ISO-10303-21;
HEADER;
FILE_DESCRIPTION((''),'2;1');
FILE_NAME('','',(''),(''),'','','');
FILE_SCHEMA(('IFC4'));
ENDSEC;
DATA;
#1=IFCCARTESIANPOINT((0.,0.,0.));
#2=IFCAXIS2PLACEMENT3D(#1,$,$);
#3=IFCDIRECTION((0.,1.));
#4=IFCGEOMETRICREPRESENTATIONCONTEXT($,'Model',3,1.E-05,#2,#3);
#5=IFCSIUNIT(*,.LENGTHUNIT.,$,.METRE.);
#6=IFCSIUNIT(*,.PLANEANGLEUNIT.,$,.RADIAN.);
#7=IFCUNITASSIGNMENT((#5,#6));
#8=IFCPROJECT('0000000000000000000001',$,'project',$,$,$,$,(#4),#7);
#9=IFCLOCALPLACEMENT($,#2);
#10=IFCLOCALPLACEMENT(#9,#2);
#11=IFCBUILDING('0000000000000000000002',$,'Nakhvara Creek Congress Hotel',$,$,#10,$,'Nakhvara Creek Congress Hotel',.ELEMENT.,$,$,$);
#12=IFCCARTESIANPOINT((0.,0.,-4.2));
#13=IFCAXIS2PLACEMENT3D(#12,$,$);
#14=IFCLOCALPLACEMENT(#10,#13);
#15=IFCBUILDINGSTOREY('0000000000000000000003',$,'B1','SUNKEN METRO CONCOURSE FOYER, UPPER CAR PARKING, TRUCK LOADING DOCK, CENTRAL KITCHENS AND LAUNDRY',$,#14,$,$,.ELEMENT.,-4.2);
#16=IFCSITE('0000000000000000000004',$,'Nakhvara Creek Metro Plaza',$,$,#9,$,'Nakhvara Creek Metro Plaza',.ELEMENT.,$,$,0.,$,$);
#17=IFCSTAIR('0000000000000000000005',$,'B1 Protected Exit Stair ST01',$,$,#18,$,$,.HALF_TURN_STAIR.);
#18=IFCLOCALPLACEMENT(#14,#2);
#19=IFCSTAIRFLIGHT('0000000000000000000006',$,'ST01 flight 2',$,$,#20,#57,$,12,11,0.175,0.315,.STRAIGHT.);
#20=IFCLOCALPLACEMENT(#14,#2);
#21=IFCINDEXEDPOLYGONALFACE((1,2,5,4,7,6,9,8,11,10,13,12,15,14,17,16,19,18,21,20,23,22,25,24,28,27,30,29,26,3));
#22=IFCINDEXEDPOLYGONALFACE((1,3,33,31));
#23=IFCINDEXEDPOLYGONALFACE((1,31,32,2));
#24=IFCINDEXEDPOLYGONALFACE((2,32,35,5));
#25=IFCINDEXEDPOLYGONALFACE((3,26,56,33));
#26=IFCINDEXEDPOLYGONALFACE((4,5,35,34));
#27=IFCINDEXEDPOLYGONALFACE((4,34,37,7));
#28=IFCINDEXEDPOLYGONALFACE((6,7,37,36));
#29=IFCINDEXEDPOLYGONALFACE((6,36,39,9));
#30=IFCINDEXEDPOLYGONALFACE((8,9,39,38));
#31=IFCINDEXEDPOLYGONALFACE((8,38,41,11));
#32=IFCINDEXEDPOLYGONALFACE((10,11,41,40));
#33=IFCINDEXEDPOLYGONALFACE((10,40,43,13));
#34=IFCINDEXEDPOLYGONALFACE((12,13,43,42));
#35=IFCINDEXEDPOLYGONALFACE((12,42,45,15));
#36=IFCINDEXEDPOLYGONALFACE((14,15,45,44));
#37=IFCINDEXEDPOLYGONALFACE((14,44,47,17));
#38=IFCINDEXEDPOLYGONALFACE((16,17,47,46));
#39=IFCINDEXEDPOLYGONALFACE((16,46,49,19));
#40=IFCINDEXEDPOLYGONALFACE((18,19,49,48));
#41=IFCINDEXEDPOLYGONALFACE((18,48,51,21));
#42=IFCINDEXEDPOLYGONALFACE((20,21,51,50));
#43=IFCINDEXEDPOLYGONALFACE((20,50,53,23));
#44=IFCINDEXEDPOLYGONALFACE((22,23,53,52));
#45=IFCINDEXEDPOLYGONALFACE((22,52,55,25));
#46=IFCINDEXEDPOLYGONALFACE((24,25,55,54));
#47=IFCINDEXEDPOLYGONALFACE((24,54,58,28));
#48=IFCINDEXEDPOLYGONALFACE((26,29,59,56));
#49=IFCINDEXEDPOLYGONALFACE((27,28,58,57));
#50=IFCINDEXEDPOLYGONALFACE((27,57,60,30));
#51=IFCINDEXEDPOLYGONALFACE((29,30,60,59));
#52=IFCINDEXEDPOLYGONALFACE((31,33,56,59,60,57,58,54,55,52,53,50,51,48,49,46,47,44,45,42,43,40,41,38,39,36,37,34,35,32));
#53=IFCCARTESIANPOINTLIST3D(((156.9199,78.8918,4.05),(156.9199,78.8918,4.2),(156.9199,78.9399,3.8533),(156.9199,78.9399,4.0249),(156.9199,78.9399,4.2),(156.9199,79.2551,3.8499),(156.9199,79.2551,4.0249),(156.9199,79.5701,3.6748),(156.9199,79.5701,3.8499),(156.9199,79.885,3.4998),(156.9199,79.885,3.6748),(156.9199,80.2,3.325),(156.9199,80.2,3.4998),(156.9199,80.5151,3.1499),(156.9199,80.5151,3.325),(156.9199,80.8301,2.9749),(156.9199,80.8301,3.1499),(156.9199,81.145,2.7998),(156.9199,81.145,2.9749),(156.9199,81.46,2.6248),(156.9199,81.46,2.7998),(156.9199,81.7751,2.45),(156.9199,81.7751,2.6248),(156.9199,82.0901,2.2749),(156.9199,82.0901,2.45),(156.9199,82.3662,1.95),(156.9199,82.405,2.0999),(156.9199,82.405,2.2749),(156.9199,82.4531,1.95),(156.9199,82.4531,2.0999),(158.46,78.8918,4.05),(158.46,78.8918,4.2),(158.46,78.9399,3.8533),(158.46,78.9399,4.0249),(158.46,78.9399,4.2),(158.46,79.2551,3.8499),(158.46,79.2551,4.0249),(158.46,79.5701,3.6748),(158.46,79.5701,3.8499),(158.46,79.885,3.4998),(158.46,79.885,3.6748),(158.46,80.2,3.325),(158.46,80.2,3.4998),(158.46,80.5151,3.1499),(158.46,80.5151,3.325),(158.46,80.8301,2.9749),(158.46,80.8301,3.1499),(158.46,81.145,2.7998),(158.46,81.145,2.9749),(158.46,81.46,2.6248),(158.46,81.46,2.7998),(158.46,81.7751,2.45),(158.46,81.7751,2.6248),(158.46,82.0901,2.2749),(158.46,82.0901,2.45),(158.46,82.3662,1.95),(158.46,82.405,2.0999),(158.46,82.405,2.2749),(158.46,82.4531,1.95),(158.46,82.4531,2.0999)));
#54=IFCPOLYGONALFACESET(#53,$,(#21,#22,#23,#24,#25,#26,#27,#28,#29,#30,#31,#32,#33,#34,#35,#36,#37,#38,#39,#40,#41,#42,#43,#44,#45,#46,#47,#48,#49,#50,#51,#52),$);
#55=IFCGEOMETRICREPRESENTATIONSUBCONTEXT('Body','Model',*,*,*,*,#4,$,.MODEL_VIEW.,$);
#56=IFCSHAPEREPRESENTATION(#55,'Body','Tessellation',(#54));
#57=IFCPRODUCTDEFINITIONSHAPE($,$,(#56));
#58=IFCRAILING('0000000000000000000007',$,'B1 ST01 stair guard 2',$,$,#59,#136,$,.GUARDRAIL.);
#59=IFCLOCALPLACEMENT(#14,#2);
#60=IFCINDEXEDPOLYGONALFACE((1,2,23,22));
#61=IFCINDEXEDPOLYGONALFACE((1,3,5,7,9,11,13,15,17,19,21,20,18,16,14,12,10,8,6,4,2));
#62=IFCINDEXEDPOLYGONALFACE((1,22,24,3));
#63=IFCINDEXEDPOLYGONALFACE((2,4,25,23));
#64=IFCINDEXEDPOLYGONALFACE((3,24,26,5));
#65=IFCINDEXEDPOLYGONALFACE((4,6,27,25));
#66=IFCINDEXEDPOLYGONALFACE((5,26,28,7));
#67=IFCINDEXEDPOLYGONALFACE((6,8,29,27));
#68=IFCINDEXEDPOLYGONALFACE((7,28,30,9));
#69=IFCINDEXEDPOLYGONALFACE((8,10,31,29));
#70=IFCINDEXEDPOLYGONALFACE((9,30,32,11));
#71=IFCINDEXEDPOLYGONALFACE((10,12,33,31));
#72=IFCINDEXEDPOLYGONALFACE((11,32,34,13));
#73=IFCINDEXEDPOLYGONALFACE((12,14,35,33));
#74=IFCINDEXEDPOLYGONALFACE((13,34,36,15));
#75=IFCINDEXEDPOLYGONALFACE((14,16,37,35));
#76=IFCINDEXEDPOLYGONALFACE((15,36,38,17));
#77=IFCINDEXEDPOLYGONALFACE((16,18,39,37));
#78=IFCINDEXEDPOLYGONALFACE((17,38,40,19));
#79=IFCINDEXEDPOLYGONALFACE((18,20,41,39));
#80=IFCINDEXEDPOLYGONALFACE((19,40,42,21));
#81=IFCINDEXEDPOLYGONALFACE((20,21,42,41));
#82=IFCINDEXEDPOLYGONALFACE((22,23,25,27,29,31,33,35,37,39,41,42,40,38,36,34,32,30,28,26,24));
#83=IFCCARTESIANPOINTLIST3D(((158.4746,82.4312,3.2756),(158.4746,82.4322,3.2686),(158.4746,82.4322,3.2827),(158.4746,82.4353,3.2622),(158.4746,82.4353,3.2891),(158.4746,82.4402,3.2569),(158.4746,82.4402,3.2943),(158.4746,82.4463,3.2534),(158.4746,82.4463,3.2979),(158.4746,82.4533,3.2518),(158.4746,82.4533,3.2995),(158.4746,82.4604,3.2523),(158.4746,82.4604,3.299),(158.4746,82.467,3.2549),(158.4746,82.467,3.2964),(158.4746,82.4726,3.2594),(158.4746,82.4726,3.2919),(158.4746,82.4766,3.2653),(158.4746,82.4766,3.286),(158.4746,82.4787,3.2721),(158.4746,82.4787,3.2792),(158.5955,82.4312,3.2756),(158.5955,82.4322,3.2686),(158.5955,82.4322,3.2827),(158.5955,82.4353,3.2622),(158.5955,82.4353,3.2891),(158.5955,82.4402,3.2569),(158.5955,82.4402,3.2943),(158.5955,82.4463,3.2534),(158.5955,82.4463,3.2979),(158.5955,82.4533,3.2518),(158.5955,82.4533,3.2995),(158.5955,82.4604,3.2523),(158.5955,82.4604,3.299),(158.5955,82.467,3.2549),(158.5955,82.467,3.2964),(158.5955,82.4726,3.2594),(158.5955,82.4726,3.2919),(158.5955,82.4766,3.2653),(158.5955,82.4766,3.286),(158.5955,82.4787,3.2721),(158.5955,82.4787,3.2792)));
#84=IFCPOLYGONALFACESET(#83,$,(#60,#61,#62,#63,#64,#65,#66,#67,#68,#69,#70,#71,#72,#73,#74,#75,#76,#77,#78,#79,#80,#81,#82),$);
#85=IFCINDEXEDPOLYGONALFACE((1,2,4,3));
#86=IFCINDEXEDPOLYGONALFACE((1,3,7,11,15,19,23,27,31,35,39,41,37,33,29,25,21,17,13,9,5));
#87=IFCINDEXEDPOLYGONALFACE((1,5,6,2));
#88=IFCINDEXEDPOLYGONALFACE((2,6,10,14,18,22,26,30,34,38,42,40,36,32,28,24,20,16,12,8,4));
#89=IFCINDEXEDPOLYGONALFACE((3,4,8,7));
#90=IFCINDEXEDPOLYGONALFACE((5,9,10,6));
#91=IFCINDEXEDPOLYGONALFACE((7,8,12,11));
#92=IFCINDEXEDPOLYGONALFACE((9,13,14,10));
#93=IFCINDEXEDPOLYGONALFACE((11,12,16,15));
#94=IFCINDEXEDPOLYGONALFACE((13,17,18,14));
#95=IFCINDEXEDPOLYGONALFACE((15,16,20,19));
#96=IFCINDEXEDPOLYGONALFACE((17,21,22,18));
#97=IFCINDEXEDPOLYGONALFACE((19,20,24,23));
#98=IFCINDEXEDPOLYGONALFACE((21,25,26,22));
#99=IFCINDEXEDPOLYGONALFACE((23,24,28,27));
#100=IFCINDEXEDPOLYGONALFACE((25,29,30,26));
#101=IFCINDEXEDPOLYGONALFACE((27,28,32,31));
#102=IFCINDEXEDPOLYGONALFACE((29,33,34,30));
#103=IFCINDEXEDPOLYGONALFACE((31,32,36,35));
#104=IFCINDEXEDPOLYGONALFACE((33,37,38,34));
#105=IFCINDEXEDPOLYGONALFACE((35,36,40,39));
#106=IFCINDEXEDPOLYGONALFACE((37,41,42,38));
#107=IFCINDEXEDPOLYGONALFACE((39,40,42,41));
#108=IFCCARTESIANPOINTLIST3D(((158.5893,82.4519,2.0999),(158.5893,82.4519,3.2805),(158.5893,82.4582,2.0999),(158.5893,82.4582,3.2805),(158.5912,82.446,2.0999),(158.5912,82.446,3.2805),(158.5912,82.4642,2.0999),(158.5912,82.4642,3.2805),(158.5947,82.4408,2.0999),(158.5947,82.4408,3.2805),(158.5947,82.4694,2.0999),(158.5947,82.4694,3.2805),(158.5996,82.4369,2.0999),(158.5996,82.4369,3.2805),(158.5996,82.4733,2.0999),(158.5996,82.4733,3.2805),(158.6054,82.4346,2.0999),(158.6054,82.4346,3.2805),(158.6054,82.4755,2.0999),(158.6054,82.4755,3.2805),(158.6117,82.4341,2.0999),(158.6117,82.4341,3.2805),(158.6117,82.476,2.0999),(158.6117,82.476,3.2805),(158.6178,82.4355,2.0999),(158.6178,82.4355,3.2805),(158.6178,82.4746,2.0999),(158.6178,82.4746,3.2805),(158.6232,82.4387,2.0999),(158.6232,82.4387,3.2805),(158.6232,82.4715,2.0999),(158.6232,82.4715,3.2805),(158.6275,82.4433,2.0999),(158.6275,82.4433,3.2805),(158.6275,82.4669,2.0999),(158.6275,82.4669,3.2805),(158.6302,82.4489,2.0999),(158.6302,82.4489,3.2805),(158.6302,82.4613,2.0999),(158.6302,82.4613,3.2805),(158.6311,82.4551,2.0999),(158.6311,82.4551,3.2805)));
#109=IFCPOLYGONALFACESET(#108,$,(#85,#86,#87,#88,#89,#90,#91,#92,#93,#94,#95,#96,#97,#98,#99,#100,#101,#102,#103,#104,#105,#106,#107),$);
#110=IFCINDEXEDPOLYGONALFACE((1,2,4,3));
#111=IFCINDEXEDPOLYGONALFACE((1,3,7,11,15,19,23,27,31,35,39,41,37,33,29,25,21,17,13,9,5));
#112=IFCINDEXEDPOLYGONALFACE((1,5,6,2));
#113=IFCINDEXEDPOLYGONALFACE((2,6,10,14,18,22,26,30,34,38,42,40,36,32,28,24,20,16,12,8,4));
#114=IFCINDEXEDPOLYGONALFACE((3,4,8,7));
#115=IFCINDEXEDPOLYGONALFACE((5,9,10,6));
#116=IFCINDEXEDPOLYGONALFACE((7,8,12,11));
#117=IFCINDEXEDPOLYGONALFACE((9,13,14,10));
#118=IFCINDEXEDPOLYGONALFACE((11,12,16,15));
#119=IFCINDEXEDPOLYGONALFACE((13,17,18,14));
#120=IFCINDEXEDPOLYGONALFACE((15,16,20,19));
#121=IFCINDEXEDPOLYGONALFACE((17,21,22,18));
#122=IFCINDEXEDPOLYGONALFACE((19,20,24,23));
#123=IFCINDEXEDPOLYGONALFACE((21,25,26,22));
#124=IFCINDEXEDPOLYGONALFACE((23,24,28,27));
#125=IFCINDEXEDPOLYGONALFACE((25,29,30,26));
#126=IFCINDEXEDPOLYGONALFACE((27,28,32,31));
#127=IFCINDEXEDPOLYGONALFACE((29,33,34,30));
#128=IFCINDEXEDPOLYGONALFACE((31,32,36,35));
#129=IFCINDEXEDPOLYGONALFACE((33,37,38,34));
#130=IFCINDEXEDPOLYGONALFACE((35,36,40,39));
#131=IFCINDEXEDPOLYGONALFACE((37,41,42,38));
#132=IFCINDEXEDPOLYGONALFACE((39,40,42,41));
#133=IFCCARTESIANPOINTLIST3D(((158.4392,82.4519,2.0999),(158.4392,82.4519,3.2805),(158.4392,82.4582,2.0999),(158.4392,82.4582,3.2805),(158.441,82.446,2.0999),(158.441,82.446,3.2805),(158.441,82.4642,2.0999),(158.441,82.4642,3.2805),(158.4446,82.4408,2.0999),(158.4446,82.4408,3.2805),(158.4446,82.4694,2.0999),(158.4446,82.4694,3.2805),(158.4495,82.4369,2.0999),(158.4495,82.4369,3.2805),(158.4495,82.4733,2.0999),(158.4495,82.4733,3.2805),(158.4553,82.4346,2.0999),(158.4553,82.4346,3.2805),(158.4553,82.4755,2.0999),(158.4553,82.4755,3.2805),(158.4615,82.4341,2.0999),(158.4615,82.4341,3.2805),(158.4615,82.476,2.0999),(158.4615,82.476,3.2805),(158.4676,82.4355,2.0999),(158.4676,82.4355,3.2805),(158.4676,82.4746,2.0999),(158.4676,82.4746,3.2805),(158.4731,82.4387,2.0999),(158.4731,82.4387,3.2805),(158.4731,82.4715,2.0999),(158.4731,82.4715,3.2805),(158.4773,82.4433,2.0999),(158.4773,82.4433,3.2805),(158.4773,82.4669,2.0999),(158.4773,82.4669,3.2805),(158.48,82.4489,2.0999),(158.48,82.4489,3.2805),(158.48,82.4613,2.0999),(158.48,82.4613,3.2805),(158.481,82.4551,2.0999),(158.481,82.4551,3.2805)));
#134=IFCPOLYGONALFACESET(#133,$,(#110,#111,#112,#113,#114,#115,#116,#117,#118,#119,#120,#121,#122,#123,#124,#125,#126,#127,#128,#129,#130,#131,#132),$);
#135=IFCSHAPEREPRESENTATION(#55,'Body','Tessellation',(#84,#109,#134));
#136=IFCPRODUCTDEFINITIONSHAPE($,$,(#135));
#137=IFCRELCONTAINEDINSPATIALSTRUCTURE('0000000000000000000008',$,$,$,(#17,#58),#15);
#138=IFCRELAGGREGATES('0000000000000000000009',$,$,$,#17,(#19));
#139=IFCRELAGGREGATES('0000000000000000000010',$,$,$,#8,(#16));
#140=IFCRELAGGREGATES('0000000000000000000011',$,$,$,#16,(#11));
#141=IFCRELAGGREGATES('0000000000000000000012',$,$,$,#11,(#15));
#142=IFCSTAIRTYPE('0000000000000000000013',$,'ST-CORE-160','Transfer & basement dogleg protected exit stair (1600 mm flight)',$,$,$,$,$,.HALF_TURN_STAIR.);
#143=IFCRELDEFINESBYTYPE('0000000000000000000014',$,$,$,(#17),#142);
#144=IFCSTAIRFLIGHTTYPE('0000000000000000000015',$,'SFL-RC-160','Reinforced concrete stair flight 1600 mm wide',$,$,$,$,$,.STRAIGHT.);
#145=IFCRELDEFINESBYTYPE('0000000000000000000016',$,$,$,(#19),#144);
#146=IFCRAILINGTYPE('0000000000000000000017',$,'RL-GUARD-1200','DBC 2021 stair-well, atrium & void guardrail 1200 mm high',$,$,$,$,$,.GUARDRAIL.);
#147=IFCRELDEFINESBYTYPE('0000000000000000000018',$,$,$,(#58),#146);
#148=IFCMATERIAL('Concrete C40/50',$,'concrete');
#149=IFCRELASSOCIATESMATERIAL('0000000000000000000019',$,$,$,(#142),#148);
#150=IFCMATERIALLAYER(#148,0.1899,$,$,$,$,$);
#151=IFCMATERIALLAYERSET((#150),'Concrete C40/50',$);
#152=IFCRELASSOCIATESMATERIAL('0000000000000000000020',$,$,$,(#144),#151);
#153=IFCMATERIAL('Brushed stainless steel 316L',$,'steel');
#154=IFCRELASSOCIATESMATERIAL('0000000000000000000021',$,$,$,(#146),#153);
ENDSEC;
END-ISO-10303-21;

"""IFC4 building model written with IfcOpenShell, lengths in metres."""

from ifc_helpers import new_model, si_unit, direction, frame, origin, origin_2d, place, context, subcontext, project, spatial, polyline, circle, outline, extrude, material, layer, layer_set, type_object, element, aggregate, save


model = new_model("IFC4")

# Units and contexts
model_context = context("Model", 3, precision=1e-05, world=origin(), true_north=direction((0.0, 1.0)))
body_context = subcontext(model_context, "Body", "Model", "MODEL_VIEW")
ifc_project = project(units=[si_unit("LENGTHUNIT", "METRE"), si_unit("PLANEANGLEUNIT", "RADIAN")], contexts=[model_context])

# Site, building, storey
site_placement = place(None, origin())
site = spatial("IfcSite", under=ifc_project, at=site_placement, Name="Nakhvara Creek Metro Plaza", LongName="Nakhvara Creek Metro Plaza", CompositionType="ELEMENT", RefElevation=0.0)
building_placement = place(site_placement, origin())
building = spatial("IfcBuilding", under=site, at=building_placement, Name="Nakhvara Creek Congress Hotel", LongName="Nakhvara Creek Congress Hotel", CompositionType="ELEMENT")
storey_placement = place(building_placement, frame((0.0, 0.0, -4.2)))
storey = spatial("IfcBuildingStorey", under=building, at=storey_placement, Name="B1", Description="SUNKEN METRO CONCOURSE FOYER, UPPER CAR PARKING, TRUCK LOADING DOCK, CENTRAL KITCHENS AND LAUNDRY", CompositionType="ELEMENT", Elevation=-4.2)

# Shared definitions
ifc_material_1 = material(Name="Concrete C40/50", Category="concrete")

# Stair, stair flight
stair_type = type_object("IfcStairType", Name="ST-CORE-160", Description="Transfer & basement dogleg protected exit stair (1600 mm flight)", PredefinedType="HALF_TURN_STAIR", material=ifc_material_1)
stair_placement = place(storey_placement, origin())
stair = element("IfcStair", 1, at=stair_placement, inside=storey, type_object=stair_type, Name="B1 Protected Exit Stair ST01", PredefinedType="HALF_TURN_STAIR")
ifc_layer_1 = layer(ifc_material_1, 0.1899)
ifc_layer_set_1 = layer_set([ifc_layer_1], Name="Concrete C40/50")
stair_flight_type = type_object("IfcStairFlightType", Name="SFL-RC-160", Description="Reinforced concrete stair flight 1600 mm wide", PredefinedType="STRAIGHT", material=ifc_layer_set_1)
stair_flight_placement = place(storey_placement, frame((157.6899, 82.405, 2.0999), z_axis=(0.0, 0.0, 1.0), x_axis=(0.0, -1.0, 0.0)))
stair_flight = element("IfcStairFlight", 2, at=stair_flight_placement, type_object=stair_flight_type, Name="ST01 flight 2", NumberOfRisers=12, NumberOfTreads=11, PredefinedType="STRAIGHT", RiserHeight=0.175, TreadLength=0.315, context=body_context, shape_type="SweptSolid", body=[
    extrude(outline(polyline([(-0.0481, 0.0), (0.0, 0.0), (0.0, 0.175), (0.3149, 0.175), (0.3149, 0.3501), (0.6299, 0.3501), (0.6299, 0.5249), (0.9451, 0.5249), (0.9451, 0.7), (1.26, 0.7), (1.26, 0.875), (1.575, 0.875), (1.575, 1.05), (1.8899, 1.05), (1.8899, 1.2251), (2.2051, 1.2251), (2.2051, 1.3999), (2.52, 1.3999), (2.52, 1.575), (2.835, 1.575), (2.835, 1.75), (3.1499, 1.75), (3.1499, 1.925), (3.4651, 1.925), (3.4651, 2.1001), (3.5132, 2.1001), (3.5132, 1.9502), (3.4651, 1.7534), (0.0388, -0.1499), (-0.0481, -0.1499), (-0.0481, 0.0)])), frame((0.0, 0.77, 0.0), z_axis=(0.0, -1.0, 0.0), x_axis=(1.0, 0.0, 0.0)), (0.0, 0.0, 1.0), 1.54),
])
aggregate(stair, [stair_flight])

# Railing
ifc_material_2 = material(Name="Brushed stainless steel 316L", Category="steel")
railing_type_1 = type_object("IfcRailingType", Name="RL-GUARD-1200", Description="DBC 2021 stair-well, atrium & void guardrail 1200 mm high", PredefinedType="GUARDRAIL", material=ifc_material_2)
railing_1_placement = place(storey_placement, frame((158.6101, 82.4551, 2.0999)))
element("IfcRailing", 3, at=railing_1_placement, inside=storey, type_object=railing_type_1, Name="B1 ST01 stair guard 2", PredefinedType="GUARDRAIL", context=body_context, shape_type="SweptSolid", body=[
    extrude(circle(Radius=0.0239, at=origin_2d()), frame((-0.0146, 0.0, 1.1758), z_axis=(-1.0, 0.0, 0.0), x_axis=(0.0, -1.0, 0.0)), (0.0, 0.0, 1.0), 0.1208),
    extrude(circle(Radius=0.021, at=origin_2d()), origin(), (0.0, 0.0, 1.0), 1.1807),
    extrude(circle(Radius=0.021, at=origin_2d()), frame((-0.1501, 0.0, 0.0)), (0.0, 0.0, 1.0), 1.1807),
])

save(model, "model.ifc")
